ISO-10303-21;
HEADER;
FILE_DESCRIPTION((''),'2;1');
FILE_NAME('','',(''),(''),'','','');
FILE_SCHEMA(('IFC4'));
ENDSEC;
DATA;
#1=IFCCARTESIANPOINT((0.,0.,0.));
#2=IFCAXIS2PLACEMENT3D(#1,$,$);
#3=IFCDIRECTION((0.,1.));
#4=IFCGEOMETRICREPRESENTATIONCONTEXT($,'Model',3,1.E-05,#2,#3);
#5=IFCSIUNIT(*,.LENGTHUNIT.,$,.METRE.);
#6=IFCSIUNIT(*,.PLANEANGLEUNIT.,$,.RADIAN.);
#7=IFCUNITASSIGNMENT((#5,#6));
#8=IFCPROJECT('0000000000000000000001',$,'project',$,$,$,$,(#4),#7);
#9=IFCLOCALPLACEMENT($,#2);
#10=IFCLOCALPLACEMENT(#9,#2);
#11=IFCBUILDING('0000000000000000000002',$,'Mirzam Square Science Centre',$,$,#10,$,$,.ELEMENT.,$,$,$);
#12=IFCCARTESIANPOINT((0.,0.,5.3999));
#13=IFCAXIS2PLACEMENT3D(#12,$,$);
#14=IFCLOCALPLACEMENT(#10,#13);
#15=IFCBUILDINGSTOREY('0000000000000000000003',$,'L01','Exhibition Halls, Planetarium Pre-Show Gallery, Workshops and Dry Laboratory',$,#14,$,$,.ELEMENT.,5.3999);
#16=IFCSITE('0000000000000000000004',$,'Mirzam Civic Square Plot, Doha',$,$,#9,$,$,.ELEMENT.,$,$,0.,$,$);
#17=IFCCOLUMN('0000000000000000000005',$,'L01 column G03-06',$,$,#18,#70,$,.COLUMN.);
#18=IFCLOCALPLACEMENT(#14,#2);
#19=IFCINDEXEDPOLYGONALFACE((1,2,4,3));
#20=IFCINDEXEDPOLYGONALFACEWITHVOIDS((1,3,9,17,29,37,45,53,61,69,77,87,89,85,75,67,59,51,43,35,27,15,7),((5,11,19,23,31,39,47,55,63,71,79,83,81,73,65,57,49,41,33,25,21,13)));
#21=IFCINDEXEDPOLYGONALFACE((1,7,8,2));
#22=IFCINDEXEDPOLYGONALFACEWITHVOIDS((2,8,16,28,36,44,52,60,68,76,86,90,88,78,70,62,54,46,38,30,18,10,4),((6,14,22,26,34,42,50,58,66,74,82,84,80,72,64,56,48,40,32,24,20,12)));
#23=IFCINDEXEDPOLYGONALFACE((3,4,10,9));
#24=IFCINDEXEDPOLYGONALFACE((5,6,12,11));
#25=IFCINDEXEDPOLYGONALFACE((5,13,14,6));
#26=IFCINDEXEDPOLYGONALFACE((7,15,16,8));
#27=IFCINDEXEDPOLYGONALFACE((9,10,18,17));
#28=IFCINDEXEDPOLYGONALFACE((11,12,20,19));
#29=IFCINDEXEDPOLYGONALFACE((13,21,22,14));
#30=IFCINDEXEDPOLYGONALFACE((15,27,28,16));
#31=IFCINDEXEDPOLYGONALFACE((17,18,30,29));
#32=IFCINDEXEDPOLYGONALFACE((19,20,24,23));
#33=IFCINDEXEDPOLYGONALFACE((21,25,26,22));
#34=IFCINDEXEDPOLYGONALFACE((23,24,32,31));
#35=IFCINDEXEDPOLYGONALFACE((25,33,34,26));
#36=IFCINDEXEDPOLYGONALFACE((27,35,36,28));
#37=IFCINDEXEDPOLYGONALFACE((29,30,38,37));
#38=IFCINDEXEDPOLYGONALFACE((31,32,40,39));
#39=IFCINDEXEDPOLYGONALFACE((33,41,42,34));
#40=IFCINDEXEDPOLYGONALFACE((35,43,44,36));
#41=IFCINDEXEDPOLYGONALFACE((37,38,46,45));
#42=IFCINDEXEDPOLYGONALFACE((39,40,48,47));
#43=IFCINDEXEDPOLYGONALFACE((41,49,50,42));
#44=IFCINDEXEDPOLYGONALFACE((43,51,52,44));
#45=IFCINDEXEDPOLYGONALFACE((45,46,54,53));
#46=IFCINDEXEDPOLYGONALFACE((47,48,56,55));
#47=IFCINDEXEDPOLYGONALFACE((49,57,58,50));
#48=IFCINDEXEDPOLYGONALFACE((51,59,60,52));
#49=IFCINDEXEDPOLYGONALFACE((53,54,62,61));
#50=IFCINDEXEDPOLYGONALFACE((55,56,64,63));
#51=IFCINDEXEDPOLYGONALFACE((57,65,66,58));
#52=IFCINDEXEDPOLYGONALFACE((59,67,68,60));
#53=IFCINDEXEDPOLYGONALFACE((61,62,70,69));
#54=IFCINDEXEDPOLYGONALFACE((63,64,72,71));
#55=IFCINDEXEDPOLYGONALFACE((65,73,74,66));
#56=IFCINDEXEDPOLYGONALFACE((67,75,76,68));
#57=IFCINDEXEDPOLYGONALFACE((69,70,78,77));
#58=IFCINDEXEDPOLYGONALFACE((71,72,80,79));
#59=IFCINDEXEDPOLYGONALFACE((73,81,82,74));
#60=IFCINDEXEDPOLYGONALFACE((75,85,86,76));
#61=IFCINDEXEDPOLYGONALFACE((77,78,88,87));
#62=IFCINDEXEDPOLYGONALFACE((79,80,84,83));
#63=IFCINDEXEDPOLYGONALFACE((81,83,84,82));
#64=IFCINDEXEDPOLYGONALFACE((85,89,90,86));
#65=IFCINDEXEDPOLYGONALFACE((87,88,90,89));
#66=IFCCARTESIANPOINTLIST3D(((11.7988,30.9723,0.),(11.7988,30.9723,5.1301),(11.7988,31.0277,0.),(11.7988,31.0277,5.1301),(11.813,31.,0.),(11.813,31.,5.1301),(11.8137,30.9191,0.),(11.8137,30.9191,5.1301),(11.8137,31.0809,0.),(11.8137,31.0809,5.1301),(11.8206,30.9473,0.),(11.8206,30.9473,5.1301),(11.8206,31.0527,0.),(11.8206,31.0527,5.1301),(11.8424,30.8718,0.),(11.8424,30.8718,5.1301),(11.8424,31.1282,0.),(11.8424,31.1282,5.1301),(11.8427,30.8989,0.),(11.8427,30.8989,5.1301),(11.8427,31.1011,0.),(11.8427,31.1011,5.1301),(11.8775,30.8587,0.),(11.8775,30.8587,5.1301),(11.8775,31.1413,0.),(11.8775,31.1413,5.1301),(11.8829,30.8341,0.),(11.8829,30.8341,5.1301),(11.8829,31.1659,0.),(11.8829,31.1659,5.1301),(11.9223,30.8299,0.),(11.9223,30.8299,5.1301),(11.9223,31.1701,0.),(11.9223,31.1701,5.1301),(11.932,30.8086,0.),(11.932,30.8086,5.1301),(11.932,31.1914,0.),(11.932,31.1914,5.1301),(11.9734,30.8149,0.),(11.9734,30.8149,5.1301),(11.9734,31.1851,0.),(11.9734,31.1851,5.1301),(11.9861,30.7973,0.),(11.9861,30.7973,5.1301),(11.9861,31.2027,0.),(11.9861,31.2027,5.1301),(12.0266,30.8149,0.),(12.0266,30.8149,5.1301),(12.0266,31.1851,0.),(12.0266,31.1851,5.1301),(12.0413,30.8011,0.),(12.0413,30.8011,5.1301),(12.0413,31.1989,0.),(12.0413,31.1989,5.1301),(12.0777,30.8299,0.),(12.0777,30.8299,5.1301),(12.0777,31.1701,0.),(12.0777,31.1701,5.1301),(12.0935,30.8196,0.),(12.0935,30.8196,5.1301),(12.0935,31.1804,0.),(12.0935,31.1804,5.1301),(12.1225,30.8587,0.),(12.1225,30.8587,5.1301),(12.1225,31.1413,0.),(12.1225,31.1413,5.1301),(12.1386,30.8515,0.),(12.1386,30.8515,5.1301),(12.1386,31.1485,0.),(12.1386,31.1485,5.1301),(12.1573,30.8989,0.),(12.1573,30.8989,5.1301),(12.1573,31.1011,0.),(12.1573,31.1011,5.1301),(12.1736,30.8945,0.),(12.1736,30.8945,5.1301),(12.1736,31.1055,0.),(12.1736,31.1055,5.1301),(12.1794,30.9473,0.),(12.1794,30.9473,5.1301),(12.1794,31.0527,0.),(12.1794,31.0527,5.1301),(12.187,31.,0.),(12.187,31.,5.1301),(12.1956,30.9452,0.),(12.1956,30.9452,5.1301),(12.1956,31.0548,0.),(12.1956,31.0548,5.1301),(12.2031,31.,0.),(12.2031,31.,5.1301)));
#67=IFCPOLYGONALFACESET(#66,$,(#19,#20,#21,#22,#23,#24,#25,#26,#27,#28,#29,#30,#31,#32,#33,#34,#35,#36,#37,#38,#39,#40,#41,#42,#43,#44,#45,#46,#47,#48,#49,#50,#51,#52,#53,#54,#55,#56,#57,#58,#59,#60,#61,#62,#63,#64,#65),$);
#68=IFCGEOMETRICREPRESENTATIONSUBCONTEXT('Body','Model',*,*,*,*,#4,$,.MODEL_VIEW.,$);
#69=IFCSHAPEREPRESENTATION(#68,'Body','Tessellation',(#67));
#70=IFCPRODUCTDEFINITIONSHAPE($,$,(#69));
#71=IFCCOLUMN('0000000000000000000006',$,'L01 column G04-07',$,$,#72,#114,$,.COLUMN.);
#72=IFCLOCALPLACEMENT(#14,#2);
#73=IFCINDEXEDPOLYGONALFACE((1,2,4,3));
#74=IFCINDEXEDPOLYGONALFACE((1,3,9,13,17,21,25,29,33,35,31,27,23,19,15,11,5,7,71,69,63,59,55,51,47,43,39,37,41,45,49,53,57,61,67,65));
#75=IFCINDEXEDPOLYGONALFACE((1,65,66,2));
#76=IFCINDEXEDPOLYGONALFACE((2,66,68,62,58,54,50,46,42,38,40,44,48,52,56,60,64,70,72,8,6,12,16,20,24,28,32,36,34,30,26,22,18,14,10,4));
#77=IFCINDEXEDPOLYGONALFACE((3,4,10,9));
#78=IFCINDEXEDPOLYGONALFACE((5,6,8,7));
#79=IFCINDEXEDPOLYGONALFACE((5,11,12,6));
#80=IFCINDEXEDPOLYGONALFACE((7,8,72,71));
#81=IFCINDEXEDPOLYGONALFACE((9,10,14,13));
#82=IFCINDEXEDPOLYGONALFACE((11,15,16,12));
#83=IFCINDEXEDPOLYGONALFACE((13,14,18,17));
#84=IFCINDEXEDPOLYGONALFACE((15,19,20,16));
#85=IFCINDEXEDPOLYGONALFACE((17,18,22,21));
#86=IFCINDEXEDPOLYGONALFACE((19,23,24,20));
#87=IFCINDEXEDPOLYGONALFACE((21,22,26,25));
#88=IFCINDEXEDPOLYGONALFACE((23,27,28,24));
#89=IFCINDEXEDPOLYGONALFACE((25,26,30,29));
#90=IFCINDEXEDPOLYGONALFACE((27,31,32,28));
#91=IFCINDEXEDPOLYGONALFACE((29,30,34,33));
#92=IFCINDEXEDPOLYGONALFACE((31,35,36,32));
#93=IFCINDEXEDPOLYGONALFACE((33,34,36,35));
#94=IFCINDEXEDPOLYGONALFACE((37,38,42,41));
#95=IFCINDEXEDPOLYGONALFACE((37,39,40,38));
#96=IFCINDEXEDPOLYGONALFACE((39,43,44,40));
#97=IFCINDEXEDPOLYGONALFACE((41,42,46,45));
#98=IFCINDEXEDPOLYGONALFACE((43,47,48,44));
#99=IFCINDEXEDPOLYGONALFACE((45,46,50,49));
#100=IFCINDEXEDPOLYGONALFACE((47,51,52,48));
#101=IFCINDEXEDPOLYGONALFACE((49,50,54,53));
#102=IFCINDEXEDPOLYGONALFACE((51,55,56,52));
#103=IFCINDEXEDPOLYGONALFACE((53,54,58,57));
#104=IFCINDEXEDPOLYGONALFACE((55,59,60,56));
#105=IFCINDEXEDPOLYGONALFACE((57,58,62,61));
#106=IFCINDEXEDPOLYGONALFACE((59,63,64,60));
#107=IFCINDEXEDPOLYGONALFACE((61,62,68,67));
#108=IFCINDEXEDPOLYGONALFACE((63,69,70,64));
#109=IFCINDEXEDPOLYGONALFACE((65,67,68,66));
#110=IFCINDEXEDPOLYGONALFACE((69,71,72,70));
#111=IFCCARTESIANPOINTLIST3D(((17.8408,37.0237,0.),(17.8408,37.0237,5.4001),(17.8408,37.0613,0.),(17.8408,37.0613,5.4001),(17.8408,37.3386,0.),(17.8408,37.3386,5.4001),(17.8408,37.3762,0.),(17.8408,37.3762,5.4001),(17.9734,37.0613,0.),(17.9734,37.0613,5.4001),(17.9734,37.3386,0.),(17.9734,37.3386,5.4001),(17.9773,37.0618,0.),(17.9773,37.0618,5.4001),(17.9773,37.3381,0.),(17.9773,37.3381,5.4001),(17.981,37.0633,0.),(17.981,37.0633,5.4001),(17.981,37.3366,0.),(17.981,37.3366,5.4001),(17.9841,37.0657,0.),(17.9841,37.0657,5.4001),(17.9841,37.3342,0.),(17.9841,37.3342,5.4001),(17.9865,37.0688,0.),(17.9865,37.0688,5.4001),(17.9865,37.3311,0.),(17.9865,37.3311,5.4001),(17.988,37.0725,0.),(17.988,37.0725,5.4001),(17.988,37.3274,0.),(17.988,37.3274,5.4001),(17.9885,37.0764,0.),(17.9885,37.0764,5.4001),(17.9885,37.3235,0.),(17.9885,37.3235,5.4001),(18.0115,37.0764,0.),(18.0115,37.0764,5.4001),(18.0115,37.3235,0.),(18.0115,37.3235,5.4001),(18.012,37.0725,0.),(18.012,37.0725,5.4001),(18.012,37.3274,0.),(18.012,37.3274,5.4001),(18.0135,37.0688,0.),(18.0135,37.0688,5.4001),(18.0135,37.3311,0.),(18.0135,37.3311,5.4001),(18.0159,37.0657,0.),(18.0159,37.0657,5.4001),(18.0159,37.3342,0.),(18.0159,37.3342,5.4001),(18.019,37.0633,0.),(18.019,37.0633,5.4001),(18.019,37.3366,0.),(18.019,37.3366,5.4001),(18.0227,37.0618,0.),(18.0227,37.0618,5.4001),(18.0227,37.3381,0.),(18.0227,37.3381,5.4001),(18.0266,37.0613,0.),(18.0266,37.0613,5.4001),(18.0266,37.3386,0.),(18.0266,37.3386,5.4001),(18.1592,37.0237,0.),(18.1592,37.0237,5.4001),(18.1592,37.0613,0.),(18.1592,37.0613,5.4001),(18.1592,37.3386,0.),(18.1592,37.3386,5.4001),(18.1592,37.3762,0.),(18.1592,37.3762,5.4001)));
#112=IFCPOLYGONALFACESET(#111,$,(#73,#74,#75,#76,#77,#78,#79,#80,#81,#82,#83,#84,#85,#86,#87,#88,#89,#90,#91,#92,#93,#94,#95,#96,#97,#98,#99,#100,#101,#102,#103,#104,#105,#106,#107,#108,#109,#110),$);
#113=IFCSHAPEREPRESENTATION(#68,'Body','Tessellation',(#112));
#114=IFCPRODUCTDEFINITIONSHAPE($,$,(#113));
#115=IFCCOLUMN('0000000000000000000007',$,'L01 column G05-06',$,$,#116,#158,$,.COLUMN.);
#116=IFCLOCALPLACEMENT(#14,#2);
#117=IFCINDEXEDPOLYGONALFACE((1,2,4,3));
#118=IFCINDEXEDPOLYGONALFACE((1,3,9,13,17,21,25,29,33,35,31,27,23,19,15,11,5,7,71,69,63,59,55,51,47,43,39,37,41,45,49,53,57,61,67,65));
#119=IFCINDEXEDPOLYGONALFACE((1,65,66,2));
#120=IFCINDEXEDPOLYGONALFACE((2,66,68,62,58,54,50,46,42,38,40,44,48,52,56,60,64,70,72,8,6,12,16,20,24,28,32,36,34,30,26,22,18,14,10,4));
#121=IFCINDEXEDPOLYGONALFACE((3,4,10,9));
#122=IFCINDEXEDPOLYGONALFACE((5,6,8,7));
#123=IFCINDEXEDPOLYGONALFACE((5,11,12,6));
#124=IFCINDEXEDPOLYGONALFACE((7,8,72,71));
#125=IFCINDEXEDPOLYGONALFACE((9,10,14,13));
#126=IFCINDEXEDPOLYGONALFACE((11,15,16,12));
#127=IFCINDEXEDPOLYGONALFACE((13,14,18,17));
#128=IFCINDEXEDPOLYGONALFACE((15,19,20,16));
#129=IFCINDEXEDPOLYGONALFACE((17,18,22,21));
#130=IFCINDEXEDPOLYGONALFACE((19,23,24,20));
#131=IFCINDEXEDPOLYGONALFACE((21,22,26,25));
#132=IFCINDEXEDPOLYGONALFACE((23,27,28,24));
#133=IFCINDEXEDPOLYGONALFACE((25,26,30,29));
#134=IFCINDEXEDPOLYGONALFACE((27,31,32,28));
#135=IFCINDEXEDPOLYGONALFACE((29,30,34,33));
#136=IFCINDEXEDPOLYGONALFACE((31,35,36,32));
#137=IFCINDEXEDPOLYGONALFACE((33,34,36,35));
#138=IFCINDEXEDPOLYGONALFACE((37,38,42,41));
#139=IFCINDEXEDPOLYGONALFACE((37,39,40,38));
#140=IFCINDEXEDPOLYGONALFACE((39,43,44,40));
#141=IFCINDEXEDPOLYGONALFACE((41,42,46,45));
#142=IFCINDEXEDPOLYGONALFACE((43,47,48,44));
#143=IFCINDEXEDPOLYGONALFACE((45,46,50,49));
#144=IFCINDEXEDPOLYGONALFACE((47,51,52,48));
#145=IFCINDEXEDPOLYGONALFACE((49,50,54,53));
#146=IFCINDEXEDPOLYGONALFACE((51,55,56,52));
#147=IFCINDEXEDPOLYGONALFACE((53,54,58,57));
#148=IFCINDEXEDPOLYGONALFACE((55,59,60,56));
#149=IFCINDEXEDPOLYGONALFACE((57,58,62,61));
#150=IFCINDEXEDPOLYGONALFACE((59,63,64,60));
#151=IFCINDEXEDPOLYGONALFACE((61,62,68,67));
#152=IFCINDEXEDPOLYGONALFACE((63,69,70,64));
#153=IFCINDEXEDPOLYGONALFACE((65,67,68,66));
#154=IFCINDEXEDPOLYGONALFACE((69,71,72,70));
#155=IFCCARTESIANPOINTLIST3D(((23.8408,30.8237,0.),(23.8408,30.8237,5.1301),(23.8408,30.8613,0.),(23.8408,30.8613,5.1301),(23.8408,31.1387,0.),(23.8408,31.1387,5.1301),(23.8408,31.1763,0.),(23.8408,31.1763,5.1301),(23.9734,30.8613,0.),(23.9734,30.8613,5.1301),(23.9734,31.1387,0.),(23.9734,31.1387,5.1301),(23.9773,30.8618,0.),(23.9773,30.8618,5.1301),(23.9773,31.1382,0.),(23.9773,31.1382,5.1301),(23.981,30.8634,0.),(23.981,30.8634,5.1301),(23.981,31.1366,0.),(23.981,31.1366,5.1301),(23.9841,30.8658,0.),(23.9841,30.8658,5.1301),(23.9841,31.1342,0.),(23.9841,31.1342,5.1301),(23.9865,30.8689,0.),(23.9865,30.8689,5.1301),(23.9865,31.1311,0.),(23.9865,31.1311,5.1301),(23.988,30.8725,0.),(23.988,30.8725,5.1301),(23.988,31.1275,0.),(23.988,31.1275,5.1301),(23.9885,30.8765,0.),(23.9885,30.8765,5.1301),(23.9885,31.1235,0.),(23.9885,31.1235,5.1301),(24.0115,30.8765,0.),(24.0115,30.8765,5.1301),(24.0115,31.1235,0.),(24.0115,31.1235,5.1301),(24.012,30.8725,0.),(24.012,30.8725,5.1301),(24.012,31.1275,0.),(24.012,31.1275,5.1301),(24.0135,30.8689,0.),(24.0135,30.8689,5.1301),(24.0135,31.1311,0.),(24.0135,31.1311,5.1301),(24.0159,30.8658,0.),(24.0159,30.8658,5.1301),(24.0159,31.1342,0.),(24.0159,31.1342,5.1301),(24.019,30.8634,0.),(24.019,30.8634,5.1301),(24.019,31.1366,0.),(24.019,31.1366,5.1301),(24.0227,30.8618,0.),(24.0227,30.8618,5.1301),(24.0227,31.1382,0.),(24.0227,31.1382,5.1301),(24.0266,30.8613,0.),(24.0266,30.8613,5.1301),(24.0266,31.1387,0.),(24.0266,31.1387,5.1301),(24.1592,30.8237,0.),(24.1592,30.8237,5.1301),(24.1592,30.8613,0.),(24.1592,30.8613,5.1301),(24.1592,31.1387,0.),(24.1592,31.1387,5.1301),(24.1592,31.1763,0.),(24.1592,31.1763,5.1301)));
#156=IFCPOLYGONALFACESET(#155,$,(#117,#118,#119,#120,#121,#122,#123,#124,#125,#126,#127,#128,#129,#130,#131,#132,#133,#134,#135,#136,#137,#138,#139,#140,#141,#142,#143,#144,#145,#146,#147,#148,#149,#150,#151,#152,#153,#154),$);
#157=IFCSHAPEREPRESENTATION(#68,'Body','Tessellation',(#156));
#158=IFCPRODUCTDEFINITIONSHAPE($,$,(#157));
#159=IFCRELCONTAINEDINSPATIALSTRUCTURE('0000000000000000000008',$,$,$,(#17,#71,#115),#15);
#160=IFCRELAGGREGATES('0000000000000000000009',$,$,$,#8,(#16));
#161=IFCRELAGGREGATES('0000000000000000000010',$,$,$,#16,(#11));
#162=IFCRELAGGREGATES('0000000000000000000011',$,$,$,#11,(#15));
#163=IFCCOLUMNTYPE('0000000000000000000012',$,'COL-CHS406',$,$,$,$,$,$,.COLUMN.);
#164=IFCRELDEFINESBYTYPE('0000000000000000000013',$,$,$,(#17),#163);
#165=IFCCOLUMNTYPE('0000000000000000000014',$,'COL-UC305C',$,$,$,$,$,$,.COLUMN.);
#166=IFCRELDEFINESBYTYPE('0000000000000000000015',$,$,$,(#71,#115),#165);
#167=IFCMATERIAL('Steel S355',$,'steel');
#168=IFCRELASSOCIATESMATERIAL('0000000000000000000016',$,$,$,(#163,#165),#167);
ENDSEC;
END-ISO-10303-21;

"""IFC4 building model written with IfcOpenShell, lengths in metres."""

from ifc_helpers import new_model, si_unit, direction, frame, origin, origin_2d, place, context, subcontext, project, spatial, hollow_circle, i_section, extrude, material, material_profile, profile_set, type_object, element, save


model = new_model("IFC4")

# Units and contexts
model_context = context("Model", 3, precision=1e-05, world=origin(), true_north=direction((0.0, 1.0)))
body_context = subcontext(model_context, "Body", "Model", "MODEL_VIEW")
ifc_project = project(units=[si_unit("LENGTHUNIT", "METRE"), si_unit("PLANEANGLEUNIT", "RADIAN")], contexts=[model_context])

# Site, building, storey
site_placement = place(None, origin())
site = spatial("IfcSite", under=ifc_project, at=site_placement, Name="Mirzam Civic Square Plot, Doha", CompositionType="ELEMENT", RefElevation=0.0)
building_placement = place(site_placement, origin())
building = spatial("IfcBuilding", under=site, at=building_placement, Name="Mirzam Square Science Centre", CompositionType="ELEMENT")
storey_placement = place(building_placement, frame((0.0, 0.0, 5.3999)))
storey = spatial("IfcBuildingStorey", under=building, at=storey_placement, Name="L01", Description="Exhibition Halls, Planetarium Pre-Show Gallery, Workshops and Dry Laboratory", CompositionType="ELEMENT", Elevation=5.3999)

# Columns
ifc_material_1 = material(Name="Steel S355", Category="steel")
ifc_material_profile_1 = material_profile(ifc_material_1, hollow_circle(Radius=0.2031, WallThickness=0.0161, at=origin_2d()), Name="406.4x16.0CHS")
ifc_profile_set_1 = profile_set([ifc_material_profile_1], Name="Steel S355")
column_type_1 = type_object("IfcColumnType", Name="COL-CHS406", PredefinedType="COLUMN", material=ifc_profile_set_1)
column_1_placement = place(storey_placement, frame((12.0, 31.0, 0.0), z_axis=(0.0, 0.0, 1.0), x_axis=(1.0, 0.0, 0.0)))
element("IfcColumn", 1, at=column_1_placement, inside=storey, type_object=column_type_1, Name="L01 column G03-06", PredefinedType="COLUMN", context=body_context, shape_type="SweptSolid", body=[
    extrude(hollow_circle(Radius=0.2031, WallThickness=0.0161, at=origin_2d()), origin(), (0.0, 0.0, 1.0), 5.1301),
])
ifc_material_profile_2 = material_profile(ifc_material_1, i_section(OverallWidth=0.3184, OverallDepth=0.3525, WebThickness=0.0229, FlangeThickness=0.0376, FilletRadius=0.0151, at=origin_2d()), Name="305x305x240UC")
ifc_profile_set_2 = profile_set([ifc_material_profile_2], Name="Steel S355")
column_type_2 = type_object("IfcColumnType", Name="COL-UC305C", PredefinedType="COLUMN", material=ifc_profile_set_2)
column_2_placement = place(storey_placement, frame((18.0, 37.2, 0.0), z_axis=(0.0, 0.0, 1.0), x_axis=(1.0, 0.0, 0.0)))
element("IfcColumn", 2, at=column_2_placement, inside=storey, type_object=column_type_2, Name="L01 column G04-07", PredefinedType="COLUMN", context=body_context, shape_type="SweptSolid", body=[
    extrude(i_section(OverallWidth=0.3184, OverallDepth=0.3525, WebThickness=0.0229, FlangeThickness=0.0376, FilletRadius=0.0151, at=origin_2d()), origin(), (0.0, 0.0, 1.0), 5.4001),
])
column_3_placement = place(storey_placement, frame((24.0, 31.0, 0.0), z_axis=(0.0, 0.0, 1.0), x_axis=(1.0, 0.0, 0.0)))
element("IfcColumn", 3, at=column_3_placement, inside=storey, type_object=column_type_2, Name="L01 column G05-06", PredefinedType="COLUMN", context=body_context, shape_type="SweptSolid", body=[
    extrude(i_section(OverallWidth=0.3184, OverallDepth=0.3525, WebThickness=0.0229, FlangeThickness=0.0376, FilletRadius=0.0151, at=origin_2d()), origin(), (0.0, 0.0, 1.0), 5.1301),
])

save(model, "model.ifc")
